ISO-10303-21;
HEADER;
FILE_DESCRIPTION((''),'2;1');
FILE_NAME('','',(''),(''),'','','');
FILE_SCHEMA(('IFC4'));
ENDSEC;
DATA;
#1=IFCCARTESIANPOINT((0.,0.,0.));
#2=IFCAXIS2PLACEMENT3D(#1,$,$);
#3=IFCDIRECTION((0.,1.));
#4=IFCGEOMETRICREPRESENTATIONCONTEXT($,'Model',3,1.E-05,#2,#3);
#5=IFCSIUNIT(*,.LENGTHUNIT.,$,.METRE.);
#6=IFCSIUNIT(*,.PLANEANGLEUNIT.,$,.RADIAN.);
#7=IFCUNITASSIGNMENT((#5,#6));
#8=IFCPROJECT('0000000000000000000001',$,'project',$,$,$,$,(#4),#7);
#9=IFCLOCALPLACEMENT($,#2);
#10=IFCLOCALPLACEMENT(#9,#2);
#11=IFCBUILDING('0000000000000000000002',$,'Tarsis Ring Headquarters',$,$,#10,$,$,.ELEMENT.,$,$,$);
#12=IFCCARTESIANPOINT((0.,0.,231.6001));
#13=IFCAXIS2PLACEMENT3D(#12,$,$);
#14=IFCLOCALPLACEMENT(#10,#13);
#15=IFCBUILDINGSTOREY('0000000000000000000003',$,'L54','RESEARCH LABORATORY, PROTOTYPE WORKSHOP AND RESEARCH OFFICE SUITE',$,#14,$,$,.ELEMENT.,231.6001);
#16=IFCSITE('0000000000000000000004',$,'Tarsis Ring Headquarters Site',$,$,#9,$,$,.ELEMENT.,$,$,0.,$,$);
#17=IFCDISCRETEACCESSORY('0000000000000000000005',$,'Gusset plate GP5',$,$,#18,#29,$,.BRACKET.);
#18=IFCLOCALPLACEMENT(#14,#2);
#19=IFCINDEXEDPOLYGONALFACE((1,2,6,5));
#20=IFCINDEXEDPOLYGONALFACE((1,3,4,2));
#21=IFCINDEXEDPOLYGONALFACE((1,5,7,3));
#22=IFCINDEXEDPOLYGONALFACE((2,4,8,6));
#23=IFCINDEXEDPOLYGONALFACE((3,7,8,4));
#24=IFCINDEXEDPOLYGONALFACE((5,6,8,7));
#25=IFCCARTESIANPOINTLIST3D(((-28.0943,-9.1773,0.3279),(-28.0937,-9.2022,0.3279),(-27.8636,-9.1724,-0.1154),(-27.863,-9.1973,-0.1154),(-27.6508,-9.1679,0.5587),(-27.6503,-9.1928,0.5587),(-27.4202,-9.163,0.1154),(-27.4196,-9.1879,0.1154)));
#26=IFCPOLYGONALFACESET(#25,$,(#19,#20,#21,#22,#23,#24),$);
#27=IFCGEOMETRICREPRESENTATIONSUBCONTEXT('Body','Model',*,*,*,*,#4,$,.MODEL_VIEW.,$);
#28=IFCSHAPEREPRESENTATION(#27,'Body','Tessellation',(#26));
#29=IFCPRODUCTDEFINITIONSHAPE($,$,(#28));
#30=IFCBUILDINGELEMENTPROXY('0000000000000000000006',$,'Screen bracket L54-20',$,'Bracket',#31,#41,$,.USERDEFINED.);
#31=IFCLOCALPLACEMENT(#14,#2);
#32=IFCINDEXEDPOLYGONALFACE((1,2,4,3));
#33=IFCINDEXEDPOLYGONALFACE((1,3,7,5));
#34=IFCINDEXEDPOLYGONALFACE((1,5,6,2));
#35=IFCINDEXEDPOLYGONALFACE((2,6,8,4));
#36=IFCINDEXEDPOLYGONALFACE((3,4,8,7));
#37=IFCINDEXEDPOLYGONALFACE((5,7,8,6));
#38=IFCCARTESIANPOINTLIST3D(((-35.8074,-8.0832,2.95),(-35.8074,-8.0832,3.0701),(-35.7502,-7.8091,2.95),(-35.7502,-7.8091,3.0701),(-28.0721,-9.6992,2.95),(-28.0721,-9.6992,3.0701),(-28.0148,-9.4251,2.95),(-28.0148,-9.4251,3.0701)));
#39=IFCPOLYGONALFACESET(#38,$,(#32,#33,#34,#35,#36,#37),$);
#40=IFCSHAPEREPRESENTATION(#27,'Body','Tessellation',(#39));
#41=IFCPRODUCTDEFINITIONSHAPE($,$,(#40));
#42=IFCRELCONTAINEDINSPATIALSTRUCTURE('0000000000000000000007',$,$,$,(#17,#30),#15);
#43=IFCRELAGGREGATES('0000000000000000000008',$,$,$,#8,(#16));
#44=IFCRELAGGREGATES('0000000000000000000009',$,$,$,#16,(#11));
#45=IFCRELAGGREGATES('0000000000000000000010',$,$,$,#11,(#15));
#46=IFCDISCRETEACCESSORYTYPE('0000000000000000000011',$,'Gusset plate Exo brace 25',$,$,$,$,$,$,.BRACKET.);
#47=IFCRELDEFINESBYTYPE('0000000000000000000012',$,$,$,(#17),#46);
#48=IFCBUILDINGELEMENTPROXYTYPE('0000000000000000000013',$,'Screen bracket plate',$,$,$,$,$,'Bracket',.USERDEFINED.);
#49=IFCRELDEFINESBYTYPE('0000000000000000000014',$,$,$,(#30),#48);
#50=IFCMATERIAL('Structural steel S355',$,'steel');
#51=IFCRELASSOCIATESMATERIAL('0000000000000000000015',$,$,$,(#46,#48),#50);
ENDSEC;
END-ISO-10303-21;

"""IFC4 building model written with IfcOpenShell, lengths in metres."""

from ifc_helpers import new_model, si_unit, direction, frame, origin, origin_2d, place, context, subcontext, project, spatial, rectangle, extrude, material, material_profile, profile_set, type_object, element, save


model = new_model("IFC4")

# Units and contexts
model_context = context("Model", 3, precision=1e-05, world=origin(), true_north=direction((0.0, 1.0)))
body_context = subcontext(model_context, "Body", "Model", "MODEL_VIEW")
ifc_project = project(units=[si_unit("LENGTHUNIT", "METRE"), si_unit("PLANEANGLEUNIT", "RADIAN")], contexts=[model_context])

# Site, building, storey
site_placement = place(None, origin())
site = spatial("IfcSite", under=ifc_project, at=site_placement, Name="Tarsis Ring Headquarters Site", CompositionType="ELEMENT", RefElevation=0.0)
building_placement = place(site_placement, origin())
building = spatial("IfcBuilding", under=site, at=building_placement, Name="Tarsis Ring Headquarters", CompositionType="ELEMENT")
storey_placement = place(building_placement, frame((0.0, 0.0, 231.6001)))
storey = spatial("IfcBuildingStorey", under=building, at=storey_placement, Name="L54", Description="RESEARCH LABORATORY, PROTOTYPE WORKSHOP AND RESEARCH OFFICE SUITE", CompositionType="ELEMENT", Elevation=231.6001)

# Shared definitions
ifc_material_1 = material(Name="Structural steel S355", Category="steel")

# Discrete accessory
ifc_material_profile_1 = material_profile(ifc_material_1, rectangle(XDim=0.0249, YDim=0.5, at=origin_2d()), Name="PL 25x500")
ifc_profile_set_1 = profile_set([ifc_material_profile_1], Name="Structural steel S355")
discrete_accessory_type = type_object("IfcDiscreteAccessoryType", Name="Gusset plate Exo brace 25", PredefinedType="BRACKET", material=ifc_profile_set_1)
discrete_accessory_1_placement = place(storey_placement, frame((-27.6416, -9.1802, 0.0), z_axis=(-0.461592, -0.009769, 0.887038), x_axis=(0.021159, -0.999776, 0.0)))
element("IfcDiscreteAccessory", 1, at=discrete_accessory_1_placement, inside=storey, type_object=discrete_accessory_type, Name="Gusset plate GP5", PredefinedType="BRACKET", context=body_context, shape_type="SweptSolid", body=[
    extrude(rectangle(XDim=0.0249, YDim=0.5, at=origin_2d()), origin(), (0.0, 0.0, 1.0), 0.4998),
])

# Building element proxy
building_element_proxy_type = type_object("IfcBuildingElementProxyType", Name="Screen bracket plate", ElementType="Bracket", PredefinedType="USERDEFINED", material=ifc_material_1)
proxy_placement = place(storey_placement, frame((-31.9111, -8.7542, 2.95), z_axis=(0.0, 0.0, 1.0), x_axis=(0.978867, -0.204496, 0.0)))
element("IfcBuildingElementProxy", 2, at=proxy_placement, inside=storey, type_object=building_element_proxy_type, Name="Screen bracket L54-20", ObjectType="Bracket", PredefinedType="USERDEFINED", context=body_context, shape_type="SweptSolid", body=[
    extrude(rectangle(XDim=7.9023, YDim=0.28, at=origin_2d()), origin(), (0.0, 0.0, 1.0), 0.1201),
])

save(model, "model.ifc")
